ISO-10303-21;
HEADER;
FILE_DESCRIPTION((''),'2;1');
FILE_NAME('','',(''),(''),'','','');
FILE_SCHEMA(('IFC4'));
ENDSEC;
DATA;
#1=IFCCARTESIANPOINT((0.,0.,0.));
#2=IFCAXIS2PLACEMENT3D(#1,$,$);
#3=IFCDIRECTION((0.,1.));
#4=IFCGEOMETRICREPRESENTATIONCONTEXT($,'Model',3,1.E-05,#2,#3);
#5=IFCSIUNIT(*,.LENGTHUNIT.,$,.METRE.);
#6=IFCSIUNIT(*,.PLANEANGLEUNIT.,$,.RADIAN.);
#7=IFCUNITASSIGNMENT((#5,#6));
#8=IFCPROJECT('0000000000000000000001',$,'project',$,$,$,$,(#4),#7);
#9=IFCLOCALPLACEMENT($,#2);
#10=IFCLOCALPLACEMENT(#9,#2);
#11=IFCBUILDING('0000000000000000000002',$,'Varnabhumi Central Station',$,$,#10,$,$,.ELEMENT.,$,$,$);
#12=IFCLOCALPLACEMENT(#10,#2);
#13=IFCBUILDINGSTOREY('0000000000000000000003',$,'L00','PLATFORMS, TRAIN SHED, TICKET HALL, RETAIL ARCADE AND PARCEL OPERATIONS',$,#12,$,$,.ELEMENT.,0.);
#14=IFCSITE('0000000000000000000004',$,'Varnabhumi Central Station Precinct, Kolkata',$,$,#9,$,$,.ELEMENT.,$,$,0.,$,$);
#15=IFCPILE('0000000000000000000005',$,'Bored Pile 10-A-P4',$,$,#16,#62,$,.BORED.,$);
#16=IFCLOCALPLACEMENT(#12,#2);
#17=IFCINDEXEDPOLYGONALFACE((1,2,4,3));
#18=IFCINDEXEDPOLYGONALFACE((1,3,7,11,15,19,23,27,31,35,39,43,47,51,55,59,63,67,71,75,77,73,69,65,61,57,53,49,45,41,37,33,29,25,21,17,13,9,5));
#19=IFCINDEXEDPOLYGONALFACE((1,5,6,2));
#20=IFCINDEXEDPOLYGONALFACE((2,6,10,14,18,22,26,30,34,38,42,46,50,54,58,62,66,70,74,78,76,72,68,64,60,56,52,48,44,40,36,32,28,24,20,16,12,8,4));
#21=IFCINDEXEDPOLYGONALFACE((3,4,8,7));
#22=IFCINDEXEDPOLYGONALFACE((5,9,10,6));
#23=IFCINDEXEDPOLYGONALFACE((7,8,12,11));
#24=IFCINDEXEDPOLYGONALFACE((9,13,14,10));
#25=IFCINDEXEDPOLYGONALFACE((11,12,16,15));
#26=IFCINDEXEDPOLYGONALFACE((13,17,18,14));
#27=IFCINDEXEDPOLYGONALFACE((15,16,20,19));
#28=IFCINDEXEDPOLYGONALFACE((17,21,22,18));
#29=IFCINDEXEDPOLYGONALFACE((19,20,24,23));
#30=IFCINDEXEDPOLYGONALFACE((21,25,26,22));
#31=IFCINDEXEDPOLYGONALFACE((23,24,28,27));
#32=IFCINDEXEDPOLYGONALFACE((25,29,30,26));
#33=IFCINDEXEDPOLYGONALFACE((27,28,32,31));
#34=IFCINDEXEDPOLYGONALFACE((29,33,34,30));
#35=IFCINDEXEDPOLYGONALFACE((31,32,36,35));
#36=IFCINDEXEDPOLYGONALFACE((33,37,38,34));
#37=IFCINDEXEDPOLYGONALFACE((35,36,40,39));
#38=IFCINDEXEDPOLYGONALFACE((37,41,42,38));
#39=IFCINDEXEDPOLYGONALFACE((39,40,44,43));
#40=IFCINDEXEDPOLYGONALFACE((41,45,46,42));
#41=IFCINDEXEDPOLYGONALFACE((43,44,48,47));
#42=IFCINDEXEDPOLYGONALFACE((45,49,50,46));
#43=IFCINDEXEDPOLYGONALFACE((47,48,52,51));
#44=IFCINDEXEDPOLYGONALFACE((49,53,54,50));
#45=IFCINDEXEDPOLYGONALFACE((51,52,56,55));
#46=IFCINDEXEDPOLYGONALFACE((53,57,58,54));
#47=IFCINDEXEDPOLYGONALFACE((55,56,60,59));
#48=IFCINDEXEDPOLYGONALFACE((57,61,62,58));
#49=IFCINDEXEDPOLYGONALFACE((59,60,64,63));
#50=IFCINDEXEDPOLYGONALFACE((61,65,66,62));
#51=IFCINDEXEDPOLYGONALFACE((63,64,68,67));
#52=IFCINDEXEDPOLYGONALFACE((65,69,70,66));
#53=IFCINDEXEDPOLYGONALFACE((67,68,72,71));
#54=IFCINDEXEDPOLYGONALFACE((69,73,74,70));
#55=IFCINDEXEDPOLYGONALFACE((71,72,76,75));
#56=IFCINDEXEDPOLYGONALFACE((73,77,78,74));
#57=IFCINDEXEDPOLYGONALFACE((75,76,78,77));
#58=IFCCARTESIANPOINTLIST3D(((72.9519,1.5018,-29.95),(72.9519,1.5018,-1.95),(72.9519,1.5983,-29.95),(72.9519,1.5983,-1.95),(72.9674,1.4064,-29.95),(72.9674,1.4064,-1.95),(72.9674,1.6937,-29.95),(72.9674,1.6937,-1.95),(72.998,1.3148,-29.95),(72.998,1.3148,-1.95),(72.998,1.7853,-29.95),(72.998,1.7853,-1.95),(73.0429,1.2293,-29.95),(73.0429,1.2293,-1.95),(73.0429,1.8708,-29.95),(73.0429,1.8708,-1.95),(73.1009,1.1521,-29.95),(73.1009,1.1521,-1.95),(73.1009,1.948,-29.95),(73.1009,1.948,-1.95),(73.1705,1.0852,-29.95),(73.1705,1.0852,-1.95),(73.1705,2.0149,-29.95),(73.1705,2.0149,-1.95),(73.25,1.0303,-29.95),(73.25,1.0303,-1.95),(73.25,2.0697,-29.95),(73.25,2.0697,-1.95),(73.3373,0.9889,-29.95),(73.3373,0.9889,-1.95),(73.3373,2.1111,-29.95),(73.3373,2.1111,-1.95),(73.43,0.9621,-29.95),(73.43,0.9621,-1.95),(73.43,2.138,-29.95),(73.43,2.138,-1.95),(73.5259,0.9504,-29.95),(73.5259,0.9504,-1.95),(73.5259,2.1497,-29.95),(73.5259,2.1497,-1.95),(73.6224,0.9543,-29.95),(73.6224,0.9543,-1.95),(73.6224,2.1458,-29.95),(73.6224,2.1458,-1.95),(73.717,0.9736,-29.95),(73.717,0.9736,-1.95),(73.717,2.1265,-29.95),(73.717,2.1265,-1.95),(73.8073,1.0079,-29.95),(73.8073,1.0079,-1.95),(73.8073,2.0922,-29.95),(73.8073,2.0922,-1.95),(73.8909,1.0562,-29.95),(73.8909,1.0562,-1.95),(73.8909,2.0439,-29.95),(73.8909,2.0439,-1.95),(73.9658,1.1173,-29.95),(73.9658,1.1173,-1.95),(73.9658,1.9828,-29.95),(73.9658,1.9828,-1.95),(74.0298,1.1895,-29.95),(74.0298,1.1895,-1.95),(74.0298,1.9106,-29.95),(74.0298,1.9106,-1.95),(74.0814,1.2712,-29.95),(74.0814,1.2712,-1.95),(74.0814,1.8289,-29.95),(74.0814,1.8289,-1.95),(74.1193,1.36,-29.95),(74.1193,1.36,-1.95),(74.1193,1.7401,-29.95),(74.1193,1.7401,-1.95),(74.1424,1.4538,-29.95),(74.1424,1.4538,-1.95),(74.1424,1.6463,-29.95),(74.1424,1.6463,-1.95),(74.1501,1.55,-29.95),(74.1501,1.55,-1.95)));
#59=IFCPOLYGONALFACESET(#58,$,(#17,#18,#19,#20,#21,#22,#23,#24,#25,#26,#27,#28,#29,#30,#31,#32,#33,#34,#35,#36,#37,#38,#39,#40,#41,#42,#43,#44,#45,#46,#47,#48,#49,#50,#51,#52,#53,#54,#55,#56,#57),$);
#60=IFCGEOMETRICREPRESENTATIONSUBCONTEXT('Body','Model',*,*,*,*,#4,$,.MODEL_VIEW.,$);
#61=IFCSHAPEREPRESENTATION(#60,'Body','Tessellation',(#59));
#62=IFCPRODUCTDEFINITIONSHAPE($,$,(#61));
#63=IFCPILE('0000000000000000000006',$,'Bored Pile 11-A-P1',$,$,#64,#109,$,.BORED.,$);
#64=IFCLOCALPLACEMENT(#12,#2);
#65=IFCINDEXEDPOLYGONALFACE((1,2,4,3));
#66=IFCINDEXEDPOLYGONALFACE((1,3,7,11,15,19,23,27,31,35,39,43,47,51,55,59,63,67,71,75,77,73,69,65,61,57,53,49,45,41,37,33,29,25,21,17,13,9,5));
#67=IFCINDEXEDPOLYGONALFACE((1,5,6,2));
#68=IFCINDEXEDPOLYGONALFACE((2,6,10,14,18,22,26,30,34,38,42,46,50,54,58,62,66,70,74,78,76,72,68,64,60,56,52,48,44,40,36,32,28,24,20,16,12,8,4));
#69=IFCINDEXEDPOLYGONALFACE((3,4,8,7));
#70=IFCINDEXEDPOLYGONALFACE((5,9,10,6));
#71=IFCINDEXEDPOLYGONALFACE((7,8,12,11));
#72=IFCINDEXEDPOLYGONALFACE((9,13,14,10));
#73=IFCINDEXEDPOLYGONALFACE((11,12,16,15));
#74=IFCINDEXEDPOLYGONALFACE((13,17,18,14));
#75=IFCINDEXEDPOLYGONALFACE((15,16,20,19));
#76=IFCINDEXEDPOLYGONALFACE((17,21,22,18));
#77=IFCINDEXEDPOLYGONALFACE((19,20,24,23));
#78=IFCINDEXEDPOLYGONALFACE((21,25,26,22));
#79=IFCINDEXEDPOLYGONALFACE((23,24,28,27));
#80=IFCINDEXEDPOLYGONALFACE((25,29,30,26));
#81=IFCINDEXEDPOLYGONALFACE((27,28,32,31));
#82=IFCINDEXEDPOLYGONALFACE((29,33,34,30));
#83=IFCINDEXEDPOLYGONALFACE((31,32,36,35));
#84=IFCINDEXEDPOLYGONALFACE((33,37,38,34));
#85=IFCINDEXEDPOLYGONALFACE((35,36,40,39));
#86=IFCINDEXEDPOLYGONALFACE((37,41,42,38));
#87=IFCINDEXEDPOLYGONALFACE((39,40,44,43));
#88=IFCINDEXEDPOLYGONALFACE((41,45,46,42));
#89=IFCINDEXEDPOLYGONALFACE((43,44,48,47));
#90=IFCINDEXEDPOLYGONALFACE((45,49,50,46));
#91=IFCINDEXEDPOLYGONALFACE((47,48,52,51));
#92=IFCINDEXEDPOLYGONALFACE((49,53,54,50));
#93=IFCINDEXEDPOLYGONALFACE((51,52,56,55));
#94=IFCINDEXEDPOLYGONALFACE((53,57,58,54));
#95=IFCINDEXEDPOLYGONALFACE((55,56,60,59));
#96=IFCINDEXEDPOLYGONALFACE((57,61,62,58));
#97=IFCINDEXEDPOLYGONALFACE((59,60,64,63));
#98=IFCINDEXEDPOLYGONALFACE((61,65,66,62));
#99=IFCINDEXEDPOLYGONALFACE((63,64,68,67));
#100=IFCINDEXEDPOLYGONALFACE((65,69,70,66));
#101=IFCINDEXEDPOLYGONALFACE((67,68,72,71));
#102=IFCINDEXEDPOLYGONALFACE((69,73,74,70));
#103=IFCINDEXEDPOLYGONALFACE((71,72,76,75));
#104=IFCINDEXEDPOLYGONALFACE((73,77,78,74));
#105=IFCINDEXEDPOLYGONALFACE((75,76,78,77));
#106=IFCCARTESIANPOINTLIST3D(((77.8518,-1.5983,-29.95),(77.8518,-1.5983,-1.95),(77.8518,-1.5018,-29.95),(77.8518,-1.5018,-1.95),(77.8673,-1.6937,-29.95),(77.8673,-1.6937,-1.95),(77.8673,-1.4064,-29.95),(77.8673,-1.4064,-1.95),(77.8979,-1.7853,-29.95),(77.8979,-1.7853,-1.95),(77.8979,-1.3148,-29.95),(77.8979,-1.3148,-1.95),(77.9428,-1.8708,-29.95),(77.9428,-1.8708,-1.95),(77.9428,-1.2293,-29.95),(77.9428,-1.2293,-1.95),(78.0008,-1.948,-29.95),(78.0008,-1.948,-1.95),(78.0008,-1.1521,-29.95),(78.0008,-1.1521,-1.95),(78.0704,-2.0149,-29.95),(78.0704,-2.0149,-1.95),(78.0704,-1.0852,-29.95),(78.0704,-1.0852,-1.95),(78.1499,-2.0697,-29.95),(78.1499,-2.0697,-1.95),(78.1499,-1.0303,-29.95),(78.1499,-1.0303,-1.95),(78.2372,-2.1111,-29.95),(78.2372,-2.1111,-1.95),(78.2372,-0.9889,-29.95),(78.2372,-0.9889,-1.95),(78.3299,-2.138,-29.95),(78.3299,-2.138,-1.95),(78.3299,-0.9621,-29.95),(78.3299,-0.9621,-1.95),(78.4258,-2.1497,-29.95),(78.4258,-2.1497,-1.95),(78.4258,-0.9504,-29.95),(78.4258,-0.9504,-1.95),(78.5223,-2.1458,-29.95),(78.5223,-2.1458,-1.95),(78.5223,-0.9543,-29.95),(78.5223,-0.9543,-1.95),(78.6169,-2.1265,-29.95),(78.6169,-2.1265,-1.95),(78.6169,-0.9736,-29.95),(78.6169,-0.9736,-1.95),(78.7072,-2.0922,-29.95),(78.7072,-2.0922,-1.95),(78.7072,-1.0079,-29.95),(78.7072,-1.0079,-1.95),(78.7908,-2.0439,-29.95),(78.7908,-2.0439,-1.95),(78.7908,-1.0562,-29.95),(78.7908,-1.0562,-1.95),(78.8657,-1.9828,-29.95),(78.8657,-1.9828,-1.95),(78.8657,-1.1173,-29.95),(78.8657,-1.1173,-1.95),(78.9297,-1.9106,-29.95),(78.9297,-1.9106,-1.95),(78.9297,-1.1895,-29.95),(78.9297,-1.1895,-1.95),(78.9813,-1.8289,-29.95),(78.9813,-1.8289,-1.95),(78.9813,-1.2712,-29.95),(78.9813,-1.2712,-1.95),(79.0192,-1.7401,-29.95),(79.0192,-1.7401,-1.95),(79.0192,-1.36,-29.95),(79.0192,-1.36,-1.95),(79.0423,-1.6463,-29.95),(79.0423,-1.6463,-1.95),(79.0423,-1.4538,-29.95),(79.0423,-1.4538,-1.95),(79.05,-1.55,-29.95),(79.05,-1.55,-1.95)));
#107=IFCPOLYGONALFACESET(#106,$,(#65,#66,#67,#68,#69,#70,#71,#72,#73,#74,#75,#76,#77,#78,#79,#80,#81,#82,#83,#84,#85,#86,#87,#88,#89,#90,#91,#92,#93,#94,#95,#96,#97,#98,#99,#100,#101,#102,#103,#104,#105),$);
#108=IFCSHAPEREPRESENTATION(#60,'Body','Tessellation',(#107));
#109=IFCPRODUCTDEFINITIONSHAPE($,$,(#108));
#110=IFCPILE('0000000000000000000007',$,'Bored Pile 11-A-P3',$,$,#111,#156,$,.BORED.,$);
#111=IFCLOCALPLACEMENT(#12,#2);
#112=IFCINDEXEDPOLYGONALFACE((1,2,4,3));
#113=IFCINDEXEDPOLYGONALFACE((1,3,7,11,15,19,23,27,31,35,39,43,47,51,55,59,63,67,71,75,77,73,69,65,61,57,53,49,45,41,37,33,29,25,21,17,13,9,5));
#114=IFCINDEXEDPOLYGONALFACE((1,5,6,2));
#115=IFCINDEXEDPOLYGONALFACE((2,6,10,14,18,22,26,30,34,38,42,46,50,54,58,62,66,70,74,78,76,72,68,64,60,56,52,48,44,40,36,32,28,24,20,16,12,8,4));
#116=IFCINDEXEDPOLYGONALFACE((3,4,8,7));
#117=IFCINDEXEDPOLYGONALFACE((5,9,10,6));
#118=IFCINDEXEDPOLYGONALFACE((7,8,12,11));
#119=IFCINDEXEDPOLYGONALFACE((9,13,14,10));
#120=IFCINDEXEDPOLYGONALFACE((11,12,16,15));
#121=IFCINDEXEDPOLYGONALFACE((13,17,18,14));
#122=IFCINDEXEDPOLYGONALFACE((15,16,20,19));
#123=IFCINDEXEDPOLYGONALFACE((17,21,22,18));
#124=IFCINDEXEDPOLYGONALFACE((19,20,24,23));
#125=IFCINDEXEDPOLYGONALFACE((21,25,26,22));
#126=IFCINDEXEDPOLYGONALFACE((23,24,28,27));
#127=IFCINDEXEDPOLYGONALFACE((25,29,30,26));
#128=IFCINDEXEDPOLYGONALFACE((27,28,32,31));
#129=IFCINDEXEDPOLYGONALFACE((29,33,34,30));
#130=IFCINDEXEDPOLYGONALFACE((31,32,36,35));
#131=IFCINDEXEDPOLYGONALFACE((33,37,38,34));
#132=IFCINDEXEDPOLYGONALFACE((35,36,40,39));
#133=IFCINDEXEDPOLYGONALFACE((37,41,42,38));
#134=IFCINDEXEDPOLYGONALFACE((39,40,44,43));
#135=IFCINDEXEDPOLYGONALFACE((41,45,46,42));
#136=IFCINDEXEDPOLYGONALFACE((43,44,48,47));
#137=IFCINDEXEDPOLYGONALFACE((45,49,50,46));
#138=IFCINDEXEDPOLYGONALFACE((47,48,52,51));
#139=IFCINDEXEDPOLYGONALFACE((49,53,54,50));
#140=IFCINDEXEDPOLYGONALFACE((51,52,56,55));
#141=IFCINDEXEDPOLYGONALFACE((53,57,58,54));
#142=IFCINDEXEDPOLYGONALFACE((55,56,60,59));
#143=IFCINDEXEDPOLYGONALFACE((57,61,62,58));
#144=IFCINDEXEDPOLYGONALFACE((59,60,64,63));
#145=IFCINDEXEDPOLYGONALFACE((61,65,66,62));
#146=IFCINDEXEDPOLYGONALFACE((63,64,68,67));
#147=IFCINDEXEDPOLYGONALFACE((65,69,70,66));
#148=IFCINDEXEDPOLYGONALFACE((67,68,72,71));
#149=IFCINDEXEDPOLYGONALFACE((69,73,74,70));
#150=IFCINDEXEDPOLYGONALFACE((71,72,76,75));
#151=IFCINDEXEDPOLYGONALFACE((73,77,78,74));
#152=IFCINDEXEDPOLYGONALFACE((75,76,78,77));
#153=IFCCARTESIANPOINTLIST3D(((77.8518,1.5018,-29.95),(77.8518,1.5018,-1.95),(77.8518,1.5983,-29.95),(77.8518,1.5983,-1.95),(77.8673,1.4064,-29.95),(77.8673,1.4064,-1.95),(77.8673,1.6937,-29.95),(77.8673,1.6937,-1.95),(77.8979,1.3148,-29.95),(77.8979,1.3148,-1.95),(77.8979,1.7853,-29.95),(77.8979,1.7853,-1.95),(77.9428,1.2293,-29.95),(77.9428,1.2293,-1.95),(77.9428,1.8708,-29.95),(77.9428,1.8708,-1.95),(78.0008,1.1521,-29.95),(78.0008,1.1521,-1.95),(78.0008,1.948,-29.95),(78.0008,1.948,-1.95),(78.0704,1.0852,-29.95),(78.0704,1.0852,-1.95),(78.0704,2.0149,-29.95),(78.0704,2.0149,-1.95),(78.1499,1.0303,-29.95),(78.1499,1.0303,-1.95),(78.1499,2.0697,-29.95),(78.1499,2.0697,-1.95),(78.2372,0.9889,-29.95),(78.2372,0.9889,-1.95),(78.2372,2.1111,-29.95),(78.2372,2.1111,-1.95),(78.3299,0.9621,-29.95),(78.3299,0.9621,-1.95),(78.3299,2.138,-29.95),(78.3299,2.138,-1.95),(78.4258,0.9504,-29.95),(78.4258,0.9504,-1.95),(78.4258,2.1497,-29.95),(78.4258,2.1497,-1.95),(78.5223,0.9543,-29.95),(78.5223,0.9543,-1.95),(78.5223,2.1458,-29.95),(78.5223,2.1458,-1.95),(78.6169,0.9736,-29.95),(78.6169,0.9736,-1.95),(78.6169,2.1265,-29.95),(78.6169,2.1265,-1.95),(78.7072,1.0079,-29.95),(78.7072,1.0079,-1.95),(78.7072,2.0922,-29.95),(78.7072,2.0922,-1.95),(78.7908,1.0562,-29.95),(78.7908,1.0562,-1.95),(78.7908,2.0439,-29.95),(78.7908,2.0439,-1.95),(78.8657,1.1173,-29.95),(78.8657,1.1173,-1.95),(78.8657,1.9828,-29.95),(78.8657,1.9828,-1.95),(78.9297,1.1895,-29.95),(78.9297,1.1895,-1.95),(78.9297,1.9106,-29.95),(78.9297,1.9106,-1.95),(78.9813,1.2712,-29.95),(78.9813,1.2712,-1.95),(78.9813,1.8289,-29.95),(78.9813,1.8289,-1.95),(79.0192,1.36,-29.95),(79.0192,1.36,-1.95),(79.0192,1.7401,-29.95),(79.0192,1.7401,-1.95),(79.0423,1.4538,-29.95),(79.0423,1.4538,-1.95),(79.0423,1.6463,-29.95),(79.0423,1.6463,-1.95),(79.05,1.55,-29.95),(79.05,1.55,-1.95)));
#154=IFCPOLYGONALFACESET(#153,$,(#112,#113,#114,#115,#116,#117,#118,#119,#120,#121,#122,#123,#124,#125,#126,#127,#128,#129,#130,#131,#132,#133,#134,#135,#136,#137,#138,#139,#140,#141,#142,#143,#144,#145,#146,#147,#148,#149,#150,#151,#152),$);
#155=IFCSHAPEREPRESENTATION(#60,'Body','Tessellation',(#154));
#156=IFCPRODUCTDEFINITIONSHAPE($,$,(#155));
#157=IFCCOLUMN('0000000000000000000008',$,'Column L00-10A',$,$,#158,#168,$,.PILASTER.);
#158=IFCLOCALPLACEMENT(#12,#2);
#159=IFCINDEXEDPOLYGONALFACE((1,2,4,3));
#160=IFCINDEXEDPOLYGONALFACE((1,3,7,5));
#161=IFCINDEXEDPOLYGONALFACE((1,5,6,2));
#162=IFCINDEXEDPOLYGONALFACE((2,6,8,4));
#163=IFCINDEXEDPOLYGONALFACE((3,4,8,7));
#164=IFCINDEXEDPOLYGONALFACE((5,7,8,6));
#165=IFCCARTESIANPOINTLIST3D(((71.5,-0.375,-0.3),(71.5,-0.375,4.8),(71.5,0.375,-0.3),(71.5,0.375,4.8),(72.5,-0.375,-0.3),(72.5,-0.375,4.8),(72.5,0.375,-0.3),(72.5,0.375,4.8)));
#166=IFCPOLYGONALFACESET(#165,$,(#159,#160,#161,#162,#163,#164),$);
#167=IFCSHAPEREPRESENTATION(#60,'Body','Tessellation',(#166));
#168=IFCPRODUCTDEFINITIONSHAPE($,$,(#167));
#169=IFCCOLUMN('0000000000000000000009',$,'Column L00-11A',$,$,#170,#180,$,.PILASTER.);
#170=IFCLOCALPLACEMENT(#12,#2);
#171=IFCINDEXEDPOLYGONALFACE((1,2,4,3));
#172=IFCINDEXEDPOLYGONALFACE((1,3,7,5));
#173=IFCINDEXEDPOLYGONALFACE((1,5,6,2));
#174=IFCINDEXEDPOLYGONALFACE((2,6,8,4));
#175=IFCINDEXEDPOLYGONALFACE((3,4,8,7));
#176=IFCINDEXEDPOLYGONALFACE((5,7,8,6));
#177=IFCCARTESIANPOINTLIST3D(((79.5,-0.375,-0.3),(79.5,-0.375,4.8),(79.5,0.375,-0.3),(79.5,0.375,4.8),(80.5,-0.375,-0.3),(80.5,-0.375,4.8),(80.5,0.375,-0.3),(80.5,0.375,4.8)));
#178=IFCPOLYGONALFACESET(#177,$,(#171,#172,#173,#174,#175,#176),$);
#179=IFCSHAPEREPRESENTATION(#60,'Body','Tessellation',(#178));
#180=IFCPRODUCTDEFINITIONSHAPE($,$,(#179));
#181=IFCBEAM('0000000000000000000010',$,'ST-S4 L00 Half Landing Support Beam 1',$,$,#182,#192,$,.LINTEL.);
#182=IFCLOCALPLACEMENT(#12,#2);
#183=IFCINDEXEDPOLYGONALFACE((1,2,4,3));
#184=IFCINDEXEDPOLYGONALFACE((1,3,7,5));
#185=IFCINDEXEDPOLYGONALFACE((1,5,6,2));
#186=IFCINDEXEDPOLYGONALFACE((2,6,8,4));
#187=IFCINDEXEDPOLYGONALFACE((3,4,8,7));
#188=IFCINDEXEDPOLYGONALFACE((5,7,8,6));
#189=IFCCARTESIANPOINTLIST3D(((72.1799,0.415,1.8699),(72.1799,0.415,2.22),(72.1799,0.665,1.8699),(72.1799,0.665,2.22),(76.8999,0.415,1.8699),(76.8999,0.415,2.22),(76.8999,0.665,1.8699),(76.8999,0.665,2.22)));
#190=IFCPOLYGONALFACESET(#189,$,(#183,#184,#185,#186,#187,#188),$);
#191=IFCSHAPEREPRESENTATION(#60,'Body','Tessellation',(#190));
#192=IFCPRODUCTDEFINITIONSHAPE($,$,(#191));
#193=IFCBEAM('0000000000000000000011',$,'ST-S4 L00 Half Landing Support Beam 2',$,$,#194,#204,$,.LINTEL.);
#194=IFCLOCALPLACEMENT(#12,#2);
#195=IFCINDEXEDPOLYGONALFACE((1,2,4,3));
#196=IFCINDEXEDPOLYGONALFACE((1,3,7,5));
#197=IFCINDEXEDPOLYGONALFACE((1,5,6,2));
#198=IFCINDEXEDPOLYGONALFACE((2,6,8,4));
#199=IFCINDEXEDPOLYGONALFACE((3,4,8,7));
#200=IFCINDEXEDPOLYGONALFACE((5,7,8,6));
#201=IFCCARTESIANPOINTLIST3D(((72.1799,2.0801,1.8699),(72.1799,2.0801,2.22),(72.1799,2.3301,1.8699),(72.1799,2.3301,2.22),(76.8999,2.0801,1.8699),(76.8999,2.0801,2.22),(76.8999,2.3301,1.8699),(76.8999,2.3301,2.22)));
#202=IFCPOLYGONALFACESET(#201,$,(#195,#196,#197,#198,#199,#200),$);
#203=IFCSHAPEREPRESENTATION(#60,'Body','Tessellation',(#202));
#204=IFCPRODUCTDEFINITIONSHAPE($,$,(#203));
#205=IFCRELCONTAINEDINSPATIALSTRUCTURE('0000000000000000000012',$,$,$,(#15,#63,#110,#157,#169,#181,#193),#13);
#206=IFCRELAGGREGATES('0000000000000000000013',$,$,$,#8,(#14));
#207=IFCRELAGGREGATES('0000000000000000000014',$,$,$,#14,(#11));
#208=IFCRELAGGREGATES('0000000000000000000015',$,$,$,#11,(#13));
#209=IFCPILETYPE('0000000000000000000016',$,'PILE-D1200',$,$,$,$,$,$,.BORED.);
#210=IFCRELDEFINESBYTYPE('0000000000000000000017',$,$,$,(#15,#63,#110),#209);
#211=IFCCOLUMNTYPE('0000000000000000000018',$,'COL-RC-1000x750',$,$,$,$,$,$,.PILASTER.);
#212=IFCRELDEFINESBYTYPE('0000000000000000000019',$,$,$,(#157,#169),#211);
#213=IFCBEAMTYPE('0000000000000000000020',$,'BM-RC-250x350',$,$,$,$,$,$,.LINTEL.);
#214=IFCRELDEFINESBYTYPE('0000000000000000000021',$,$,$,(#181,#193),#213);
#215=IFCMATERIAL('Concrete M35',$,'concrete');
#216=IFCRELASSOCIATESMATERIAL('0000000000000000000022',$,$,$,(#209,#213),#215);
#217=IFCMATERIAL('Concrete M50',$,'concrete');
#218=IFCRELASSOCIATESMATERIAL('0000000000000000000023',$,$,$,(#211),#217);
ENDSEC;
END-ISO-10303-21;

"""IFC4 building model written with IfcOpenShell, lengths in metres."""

from ifc_helpers import new_model, si_unit, direction, frame, origin, origin_2d, place, context, subcontext, project, spatial, rectangle, circle, extrude, material, material_profile, profile_set, type_object, element, save


model = new_model("IFC4")

# Units and contexts
model_context = context("Model", 3, precision=1e-05, world=origin(), true_north=direction((0.0, 1.0)))
body_context = subcontext(model_context, "Body", "Model", "MODEL_VIEW")
ifc_project = project(units=[si_unit("LENGTHUNIT", "METRE"), si_unit("PLANEANGLEUNIT", "RADIAN")], contexts=[model_context])

# Site, building, storey
site_placement = place(None, origin())
site = spatial("IfcSite", under=ifc_project, at=site_placement, Name="Varnabhumi Central Station Precinct, Kolkata", CompositionType="ELEMENT", RefElevation=0.0)
building_placement = place(site_placement, origin())
building = spatial("IfcBuilding", under=site, at=building_placement, Name="Varnabhumi Central Station", CompositionType="ELEMENT")
storey_placement = place(building_placement, origin())
storey = spatial("IfcBuildingStorey", under=building, at=storey_placement, Name="L00", Description="PLATFORMS, TRAIN SHED, TICKET HALL, RETAIL ARCADE AND PARCEL OPERATIONS", CompositionType="ELEMENT", Elevation=0.0)

# Piles
ifc_material_1 = material(Name="Concrete M35", Category="concrete")
ifc_material_profile_1 = material_profile(ifc_material_1, circle(Radius=0.6001, at=origin_2d()), Name="Concrete M35", Category="concrete")
ifc_profile_set_1 = profile_set([ifc_material_profile_1], Name="Concrete M35")
pile_type = type_object("IfcPileType", Name="PILE-D1200", PredefinedType="BORED", material=ifc_profile_set_1)
for number, where, z_axis, x_axis, name in (
    (1, (73.55, 1.55, -1.95), (0.0, 0.0, -1.0), (1.0, 0.0, 0.0), "Bored Pile 10-A-P4"),
    (2, (78.45, -1.55, -1.95), (0.0, 0.0, -1.0), (1.0, 0.0, 0.0), "Bored Pile 11-A-P1"),
    (3, (78.45, 1.55, -1.95), (0.0, 0.0, -1.0), (1.0, 0.0, 0.0), "Bored Pile 11-A-P3"),
):
    element("IfcPile", number, at=place(storey_placement, frame(where, z_axis=z_axis, x_axis=x_axis)), inside=storey, type_object=pile_type, Name=name, PredefinedType="BORED", context=body_context, shape_type="SweptSolid", body=[
        extrude(circle(Radius=0.6001, at=origin_2d()), origin(), (0.0, 0.0, 1.0), 28.0),
    ])

# Columns
ifc_material_2 = material(Name="Concrete M50", Category="concrete")
ifc_material_profile_2 = material_profile(ifc_material_2, rectangle(XDim=1.0, YDim=0.75, at=origin_2d()), Name="Concrete M50", Category="concrete")
ifc_profile_set_2 = profile_set([ifc_material_profile_2], Name="Concrete M50")
column_type = type_object("IfcColumnType", Name="COL-RC-1000x750", PredefinedType="PILASTER", material=ifc_profile_set_2)
for number, where, z_axis, x_axis, name in (
    (4, (72.0, 0.0, -0.3), (0.0, 0.0, 1.0), (1.0, 0.0, 0.0), "Column L00-10A"),
    (5, (80.0, 0.0, -0.3), (0.0, 0.0, 1.0), (1.0, 0.0, 0.0), "Column L00-11A"),
):
    element("IfcColumn", number, at=place(storey_placement, frame(where, z_axis=z_axis, x_axis=x_axis)), inside=storey, type_object=column_type, Name=name, PredefinedType="PILASTER", context=body_context, shape_type="SweptSolid", body=[
        extrude(rectangle(XDim=1.0, YDim=0.75, at=origin_2d()), origin(), (0.0, 0.0, 1.0), 5.1001),
    ])

# Beams
ifc_material_profile_3 = material_profile(ifc_material_1, rectangle(XDim=0.25, YDim=0.3501, at=origin_2d()), Name="Concrete M35", Category="concrete")
ifc_profile_set_3 = profile_set([ifc_material_profile_3], Name="Concrete M35")
beam_type_1 = type_object("IfcBeamType", Name="BM-RC-250x350", PredefinedType="LINTEL", material=ifc_profile_set_3)
for number, where, z_axis, x_axis, name in (
    (6, (72.1799, 0.54, 2.0449), (1.0, 0.0, 0.0), (0.0, 1.0, 0.0), "ST-S4 L00 Half Landing Support Beam 1"),
    (7, (72.1799, 2.2051, 2.0449), (1.0, 0.0, 0.0), (0.0, 1.0, 0.0), "ST-S4 L00 Half Landing Support Beam 2"),
):
    element("IfcBeam", number, at=place(storey_placement, frame(where, z_axis=z_axis, x_axis=x_axis)), inside=storey, type_object=beam_type_1, Name=name, PredefinedType="LINTEL", context=body_context, shape_type="SweptSolid", body=[
        extrude(rectangle(XDim=0.25, YDim=0.3501, at=origin_2d()), origin(), (0.0, 0.0, 1.0), 4.72),
    ])

save(model, "model.ifc")
